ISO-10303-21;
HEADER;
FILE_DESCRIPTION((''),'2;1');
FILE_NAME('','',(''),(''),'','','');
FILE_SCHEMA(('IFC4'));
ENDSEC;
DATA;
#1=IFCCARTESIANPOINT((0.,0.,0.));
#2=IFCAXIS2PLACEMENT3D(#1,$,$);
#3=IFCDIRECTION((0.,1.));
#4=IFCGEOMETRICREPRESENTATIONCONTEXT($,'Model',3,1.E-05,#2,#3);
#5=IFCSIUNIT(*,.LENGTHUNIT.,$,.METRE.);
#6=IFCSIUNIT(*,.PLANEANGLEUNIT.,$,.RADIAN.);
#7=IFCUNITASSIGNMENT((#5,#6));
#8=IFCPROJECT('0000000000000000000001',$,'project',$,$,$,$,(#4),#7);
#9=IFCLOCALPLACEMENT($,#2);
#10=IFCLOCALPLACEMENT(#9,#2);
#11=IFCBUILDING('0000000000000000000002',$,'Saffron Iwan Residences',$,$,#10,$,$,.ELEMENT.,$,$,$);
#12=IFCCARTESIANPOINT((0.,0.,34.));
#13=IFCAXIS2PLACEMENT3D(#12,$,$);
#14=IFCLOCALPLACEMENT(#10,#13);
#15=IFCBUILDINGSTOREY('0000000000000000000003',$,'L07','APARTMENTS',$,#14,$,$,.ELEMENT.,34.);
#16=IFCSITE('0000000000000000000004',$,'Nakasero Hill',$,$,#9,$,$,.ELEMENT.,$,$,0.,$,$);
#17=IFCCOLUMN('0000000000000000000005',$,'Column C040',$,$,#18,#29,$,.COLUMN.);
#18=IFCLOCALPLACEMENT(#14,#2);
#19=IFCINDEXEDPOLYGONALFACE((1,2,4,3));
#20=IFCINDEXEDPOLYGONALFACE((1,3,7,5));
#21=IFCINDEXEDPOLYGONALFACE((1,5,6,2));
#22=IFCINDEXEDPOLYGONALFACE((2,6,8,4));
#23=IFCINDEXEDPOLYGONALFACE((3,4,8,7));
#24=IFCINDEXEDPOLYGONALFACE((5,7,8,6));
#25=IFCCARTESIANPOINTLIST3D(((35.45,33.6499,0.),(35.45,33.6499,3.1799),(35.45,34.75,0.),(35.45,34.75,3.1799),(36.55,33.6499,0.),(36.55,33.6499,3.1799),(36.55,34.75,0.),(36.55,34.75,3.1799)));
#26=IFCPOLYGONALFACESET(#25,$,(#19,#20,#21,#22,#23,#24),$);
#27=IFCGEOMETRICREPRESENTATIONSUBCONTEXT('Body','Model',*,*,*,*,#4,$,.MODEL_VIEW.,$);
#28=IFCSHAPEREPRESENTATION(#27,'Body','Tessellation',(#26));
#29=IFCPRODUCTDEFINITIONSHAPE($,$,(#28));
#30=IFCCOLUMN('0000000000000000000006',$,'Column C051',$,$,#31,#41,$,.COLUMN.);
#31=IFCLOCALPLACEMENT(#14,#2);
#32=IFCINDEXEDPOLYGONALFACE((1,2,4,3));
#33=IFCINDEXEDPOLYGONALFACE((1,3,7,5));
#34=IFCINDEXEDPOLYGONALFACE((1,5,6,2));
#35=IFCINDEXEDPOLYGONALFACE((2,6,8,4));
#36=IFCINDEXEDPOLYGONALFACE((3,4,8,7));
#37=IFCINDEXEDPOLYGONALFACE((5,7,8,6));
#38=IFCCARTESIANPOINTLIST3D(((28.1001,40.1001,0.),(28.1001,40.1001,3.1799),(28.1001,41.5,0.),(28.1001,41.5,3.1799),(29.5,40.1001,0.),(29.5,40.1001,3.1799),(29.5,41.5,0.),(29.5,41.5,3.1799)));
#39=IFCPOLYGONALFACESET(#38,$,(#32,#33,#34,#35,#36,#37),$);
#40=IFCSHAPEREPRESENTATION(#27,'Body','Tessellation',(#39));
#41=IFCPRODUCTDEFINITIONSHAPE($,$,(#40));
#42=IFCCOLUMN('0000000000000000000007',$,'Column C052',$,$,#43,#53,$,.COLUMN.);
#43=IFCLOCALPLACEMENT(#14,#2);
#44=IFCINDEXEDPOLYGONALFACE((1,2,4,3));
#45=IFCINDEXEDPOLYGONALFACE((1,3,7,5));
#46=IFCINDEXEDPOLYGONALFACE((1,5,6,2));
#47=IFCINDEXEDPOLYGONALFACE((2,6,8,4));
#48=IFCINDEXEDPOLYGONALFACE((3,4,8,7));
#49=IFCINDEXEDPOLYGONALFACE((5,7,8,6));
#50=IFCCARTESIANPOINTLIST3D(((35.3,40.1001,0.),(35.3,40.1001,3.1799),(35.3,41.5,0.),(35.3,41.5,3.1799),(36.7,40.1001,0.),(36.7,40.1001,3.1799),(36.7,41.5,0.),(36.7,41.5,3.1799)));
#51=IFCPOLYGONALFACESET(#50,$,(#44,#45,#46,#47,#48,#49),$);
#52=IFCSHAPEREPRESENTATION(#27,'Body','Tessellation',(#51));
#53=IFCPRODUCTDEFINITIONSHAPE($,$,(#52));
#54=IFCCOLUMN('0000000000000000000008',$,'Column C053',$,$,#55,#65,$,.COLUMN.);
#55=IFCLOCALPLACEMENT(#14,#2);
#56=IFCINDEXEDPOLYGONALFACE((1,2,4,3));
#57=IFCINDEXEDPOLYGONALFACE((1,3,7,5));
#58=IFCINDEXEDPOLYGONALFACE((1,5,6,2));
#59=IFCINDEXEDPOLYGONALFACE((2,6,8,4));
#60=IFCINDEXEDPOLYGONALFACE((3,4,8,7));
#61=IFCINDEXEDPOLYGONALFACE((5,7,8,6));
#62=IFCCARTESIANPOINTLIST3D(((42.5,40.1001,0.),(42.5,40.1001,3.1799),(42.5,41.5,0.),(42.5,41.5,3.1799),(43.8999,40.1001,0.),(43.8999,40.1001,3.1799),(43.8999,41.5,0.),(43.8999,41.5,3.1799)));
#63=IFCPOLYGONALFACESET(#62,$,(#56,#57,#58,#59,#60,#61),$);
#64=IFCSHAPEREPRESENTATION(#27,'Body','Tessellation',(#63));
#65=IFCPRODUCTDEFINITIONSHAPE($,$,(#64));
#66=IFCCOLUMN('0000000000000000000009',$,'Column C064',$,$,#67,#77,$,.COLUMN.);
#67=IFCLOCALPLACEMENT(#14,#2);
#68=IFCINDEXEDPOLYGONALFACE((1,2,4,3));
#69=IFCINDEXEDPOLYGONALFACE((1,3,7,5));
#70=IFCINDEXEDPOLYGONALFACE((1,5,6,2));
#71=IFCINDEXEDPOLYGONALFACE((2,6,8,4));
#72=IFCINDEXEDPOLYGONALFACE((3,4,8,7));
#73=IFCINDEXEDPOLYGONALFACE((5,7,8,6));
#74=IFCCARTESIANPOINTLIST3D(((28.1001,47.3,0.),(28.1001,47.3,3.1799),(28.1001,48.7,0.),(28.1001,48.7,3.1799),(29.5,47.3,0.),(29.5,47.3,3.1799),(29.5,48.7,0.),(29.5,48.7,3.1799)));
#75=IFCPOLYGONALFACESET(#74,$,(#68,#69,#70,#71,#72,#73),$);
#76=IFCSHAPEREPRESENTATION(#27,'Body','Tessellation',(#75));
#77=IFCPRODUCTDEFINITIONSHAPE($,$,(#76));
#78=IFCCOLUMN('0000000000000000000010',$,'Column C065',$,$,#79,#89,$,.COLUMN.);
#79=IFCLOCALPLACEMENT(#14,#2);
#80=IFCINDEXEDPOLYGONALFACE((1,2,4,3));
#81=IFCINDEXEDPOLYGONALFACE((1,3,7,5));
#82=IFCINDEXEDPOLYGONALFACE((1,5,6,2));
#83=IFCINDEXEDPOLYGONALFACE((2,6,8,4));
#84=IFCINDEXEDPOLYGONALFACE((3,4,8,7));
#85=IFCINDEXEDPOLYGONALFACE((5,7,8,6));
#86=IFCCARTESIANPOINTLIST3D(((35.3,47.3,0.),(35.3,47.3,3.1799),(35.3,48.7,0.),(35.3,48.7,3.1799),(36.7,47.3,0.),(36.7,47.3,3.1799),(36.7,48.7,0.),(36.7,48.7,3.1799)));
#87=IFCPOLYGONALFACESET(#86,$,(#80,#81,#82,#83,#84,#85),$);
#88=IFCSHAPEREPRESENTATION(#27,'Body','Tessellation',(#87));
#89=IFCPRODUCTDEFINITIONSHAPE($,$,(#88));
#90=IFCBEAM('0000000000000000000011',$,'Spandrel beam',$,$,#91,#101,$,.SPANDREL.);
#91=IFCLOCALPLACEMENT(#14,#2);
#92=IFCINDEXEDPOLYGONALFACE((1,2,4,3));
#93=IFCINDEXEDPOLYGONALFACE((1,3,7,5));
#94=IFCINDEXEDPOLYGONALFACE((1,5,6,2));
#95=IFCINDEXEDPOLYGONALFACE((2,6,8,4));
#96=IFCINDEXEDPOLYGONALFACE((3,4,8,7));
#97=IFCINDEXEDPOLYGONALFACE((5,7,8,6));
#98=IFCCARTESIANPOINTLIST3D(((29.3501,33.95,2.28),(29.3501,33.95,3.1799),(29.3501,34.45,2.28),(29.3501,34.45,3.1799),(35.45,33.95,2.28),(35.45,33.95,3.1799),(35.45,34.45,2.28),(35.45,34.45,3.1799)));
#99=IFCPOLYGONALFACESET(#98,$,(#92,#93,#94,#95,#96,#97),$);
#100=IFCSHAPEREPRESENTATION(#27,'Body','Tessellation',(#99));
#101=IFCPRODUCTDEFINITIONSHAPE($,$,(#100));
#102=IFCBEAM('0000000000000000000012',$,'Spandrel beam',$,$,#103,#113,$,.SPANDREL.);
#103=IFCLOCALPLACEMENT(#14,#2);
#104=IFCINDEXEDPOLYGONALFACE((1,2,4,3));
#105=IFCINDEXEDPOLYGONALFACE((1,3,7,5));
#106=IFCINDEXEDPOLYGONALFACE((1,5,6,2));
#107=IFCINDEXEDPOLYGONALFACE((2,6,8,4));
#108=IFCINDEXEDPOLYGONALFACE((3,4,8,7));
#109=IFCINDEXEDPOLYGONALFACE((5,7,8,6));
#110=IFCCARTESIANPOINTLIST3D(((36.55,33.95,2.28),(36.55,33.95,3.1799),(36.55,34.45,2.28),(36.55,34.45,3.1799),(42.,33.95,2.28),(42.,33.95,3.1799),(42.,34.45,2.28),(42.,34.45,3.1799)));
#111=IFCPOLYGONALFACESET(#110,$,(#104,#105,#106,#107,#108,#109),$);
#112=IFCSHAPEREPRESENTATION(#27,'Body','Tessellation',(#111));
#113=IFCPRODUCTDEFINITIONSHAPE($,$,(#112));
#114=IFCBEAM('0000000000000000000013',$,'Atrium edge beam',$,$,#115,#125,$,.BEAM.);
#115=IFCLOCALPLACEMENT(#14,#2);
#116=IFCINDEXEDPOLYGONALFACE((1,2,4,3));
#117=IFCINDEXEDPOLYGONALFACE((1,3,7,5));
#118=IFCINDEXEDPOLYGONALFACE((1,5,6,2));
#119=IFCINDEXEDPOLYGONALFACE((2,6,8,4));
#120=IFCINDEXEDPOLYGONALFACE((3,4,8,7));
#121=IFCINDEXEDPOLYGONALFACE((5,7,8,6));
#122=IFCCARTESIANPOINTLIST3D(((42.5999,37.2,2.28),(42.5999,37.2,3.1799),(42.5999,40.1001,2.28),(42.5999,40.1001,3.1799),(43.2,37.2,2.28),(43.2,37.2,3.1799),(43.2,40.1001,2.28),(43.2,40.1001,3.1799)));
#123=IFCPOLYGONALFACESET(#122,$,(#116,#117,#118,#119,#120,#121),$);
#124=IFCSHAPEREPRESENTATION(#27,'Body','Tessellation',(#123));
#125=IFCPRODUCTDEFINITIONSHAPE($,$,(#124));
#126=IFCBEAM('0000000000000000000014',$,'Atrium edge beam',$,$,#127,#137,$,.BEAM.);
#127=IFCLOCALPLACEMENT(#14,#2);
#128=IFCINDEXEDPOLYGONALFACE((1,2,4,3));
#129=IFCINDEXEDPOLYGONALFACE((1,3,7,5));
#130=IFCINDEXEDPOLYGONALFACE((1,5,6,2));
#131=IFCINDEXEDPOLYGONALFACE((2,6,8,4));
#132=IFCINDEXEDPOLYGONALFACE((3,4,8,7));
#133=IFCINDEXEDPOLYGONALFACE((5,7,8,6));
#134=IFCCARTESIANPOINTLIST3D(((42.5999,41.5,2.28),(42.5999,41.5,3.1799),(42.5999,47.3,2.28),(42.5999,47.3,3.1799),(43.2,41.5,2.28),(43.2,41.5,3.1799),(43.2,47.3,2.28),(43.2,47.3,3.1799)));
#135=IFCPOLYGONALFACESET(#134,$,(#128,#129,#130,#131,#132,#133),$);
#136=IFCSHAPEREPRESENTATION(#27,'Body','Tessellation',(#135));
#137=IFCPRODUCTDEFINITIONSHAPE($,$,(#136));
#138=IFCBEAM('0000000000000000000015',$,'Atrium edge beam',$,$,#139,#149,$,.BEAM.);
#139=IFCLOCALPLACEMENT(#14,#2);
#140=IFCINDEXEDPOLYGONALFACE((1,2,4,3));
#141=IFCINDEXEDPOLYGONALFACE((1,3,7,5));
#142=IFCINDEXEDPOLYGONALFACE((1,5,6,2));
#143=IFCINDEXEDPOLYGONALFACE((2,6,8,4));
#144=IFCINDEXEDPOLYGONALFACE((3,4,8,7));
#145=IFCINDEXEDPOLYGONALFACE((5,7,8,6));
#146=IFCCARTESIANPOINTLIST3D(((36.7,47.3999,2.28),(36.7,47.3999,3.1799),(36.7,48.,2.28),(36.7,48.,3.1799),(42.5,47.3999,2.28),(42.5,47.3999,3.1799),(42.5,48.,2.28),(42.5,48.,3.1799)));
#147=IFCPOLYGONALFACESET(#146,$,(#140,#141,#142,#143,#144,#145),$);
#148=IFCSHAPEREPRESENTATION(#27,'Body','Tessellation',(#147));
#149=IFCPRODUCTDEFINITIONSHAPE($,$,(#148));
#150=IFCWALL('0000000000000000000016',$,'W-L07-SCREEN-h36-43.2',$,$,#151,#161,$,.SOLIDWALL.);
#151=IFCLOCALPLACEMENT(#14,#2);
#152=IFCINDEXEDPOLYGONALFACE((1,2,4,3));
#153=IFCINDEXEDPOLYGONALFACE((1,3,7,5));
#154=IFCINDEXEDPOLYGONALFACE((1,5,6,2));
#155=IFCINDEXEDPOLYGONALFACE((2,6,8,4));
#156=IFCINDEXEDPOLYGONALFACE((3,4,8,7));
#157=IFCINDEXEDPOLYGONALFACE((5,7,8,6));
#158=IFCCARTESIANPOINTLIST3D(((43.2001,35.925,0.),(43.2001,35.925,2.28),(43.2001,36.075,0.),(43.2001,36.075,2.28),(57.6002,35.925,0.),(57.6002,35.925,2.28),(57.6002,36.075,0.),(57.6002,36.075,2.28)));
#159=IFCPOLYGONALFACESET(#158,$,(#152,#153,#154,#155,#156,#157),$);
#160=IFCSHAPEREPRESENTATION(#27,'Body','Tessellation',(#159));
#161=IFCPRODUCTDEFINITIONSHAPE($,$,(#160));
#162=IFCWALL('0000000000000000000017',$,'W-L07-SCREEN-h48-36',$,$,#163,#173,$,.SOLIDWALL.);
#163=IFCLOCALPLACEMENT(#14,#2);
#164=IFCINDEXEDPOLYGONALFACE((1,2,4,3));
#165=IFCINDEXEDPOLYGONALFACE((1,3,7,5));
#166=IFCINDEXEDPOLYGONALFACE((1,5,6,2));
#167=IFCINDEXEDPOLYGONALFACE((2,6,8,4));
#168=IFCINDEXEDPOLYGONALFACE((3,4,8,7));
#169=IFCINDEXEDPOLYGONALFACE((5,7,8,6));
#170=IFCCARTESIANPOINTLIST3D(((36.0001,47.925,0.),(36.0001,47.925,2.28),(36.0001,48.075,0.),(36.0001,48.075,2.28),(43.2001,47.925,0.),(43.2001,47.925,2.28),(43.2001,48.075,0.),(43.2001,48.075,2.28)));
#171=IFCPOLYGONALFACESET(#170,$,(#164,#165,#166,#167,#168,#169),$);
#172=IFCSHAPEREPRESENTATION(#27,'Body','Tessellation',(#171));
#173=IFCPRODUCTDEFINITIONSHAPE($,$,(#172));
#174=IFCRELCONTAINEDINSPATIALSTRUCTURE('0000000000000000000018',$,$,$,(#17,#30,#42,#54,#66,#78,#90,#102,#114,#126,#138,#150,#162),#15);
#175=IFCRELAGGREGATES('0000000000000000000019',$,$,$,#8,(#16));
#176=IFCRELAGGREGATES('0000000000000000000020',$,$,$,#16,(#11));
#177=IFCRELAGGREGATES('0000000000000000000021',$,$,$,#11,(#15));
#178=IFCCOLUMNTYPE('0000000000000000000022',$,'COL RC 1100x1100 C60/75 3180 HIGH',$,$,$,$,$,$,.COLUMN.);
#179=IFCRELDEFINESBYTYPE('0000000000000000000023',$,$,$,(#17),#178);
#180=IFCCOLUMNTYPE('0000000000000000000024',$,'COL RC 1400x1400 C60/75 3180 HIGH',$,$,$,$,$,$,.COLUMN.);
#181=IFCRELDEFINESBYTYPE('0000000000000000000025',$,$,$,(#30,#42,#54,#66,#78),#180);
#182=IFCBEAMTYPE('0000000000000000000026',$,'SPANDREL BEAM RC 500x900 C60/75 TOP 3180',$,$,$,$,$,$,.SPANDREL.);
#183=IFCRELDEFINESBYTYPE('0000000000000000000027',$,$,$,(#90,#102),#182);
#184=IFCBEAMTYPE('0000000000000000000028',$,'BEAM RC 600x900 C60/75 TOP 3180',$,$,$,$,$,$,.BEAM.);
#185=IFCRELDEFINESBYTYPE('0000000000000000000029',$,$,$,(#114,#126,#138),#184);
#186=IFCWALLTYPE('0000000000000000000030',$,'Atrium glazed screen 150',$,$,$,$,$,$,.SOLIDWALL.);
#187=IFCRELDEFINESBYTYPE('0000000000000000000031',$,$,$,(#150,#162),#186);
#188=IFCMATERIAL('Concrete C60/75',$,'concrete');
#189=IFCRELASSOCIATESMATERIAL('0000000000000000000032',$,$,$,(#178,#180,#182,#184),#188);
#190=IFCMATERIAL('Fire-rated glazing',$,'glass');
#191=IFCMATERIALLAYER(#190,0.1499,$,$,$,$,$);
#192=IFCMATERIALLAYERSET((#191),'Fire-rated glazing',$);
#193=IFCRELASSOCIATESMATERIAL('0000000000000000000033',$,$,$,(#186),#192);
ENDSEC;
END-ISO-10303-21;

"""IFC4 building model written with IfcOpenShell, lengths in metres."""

from ifc_helpers import new_model, si_unit, direction, frame, frame_2d, origin, origin_2d, place, context, subcontext, project, spatial, rectangle, extrude, source, transform, mapped, material, layer, layer_set, material_profile, profile_set, type_object, element, save


model = new_model("IFC4")

# Units and contexts
model_context = context("Model", 3, precision=1e-05, world=origin(), true_north=direction((0.0, 1.0)))
body_context = subcontext(model_context, "Body", "Model", "MODEL_VIEW")
ifc_project = project(units=[si_unit("LENGTHUNIT", "METRE"), si_unit("PLANEANGLEUNIT", "RADIAN")], contexts=[model_context])

# Site, building, storey
site_placement = place(None, origin())
site = spatial("IfcSite", under=ifc_project, at=site_placement, Name="Nakasero Hill", CompositionType="ELEMENT", RefElevation=0.0)
building_placement = place(site_placement, origin())
building = spatial("IfcBuilding", under=site, at=building_placement, Name="Saffron Iwan Residences", CompositionType="ELEMENT")
storey_placement = place(building_placement, frame((0.0, 0.0, 34.0)))
storey = spatial("IfcBuildingStorey", under=building, at=storey_placement, Name="L07", Description="APARTMENTS", CompositionType="ELEMENT", Elevation=34.0)

# Columns
ifc_material_1 = material(Name="Concrete C60/75", Category="concrete")
ifc_material_profile_1 = material_profile(ifc_material_1, rectangle(XDim=1.1001, YDim=1.1001, at=origin_2d()), Name="RC 1100x1100")
ifc_profile_set_1 = profile_set([ifc_material_profile_1], Name="Concrete C60/75")
column_type_1 = type_object("IfcColumnType", Name="COL RC 1100x1100 C60/75 3180 HIGH", PredefinedType="COLUMN", material=ifc_profile_set_1)
shared_shape_1 = source(origin(), body_context, "Body", "SweptSolid", [
    extrude(rectangle(XDim=1.1001, YDim=1.1001, at=origin_2d()), origin(), (0.0, 0.0, 1.0), 3.1799),
])
column_placement = place(storey_placement, frame((36.0, 34.2, 0.0), z_axis=(0.0, 0.0, 1.0), x_axis=(1.0, 0.0, 0.0)))
element("IfcColumn", 1, at=column_placement, inside=storey, type_object=column_type_1, Name="Column C040", PredefinedType="COLUMN", context=body_context, shape_type="MappedRepresentation", body=[
    mapped(shared_shape_1, transform((0.0, 0.0, 0.0))),
])
ifc_material_profile_2 = material_profile(ifc_material_1, rectangle(XDim=1.3999, YDim=1.3999, at=origin_2d()), Name="RC 1400x1400")
ifc_profile_set_2 = profile_set([ifc_material_profile_2], Name="Concrete C60/75")
column_type_2 = type_object("IfcColumnType", Name="COL RC 1400x1400 C60/75 3180 HIGH", PredefinedType="COLUMN", material=ifc_profile_set_2)
shared_shape_2 = source(origin(), body_context, "Body", "SweptSolid", [
    extrude(rectangle(XDim=1.3999, YDim=1.3999, at=origin_2d()), origin(), (0.0, 0.0, 1.0), 3.1799),
])
for number, where, z_axis, x_axis, name in (
    (2, (28.8, 40.8, 0.0), (0.0, 0.0, 1.0), (1.0, 0.0, 0.0), "Column C051"),
    (3, (36.0, 40.8, 0.0), (0.0, 0.0, 1.0), (1.0, 0.0, 0.0), "Column C052"),
    (4, (43.2, 40.8, 0.0), (0.0, 0.0, 1.0), (1.0, 0.0, 0.0), "Column C053"),
    (5, (28.8, 48.0, 0.0), (0.0, 0.0, 1.0), (1.0, 0.0, 0.0), "Column C064"),
    (6, (36.0, 48.0, 0.0), (0.0, 0.0, 1.0), (1.0, 0.0, 0.0), "Column C065"),
):
    element("IfcColumn", number, at=place(storey_placement, frame(where, z_axis=z_axis, x_axis=x_axis)), inside=storey, type_object=column_type_2, Name=name, PredefinedType="COLUMN", context=body_context, shape_type="MappedRepresentation", body=[
        mapped(shared_shape_2, transform((0.0, 0.0, 0.0))),
    ])

# Beams
ifc_material_profile_3 = material_profile(ifc_material_1, rectangle(XDim=0.5, YDim=0.8999, at=origin_2d()), Name="RC 500x900")
ifc_profile_set_3 = profile_set([ifc_material_profile_3], Name="Concrete C60/75")
beam_type_1 = type_object("IfcBeamType", Name="SPANDREL BEAM RC 500x900 C60/75 TOP 3180", PredefinedType="SPANDREL", material=ifc_profile_set_3)
shared_shape_3 = source(origin(), body_context, "Body", "SweptSolid", [
    extrude(rectangle(XDim=0.5, YDim=0.8999, at=origin_2d()), origin(), (0.0, 0.0, 1.0), 6.0999),
])
beam_1_placement = place(storey_placement, frame((35.45, 34.2, 2.73), z_axis=(-1.0, 0.0, 0.0), x_axis=(0.0, -1.0, 0.0)))
element("IfcBeam", 7, at=beam_1_placement, inside=storey, type_object=beam_type_1, Name="Spandrel beam", PredefinedType="SPANDREL", context=body_context, shape_type="MappedRepresentation", body=[
    mapped(shared_shape_3, transform((0.0, 0.0, 0.0))),
])
shared_shape_4 = source(origin(), body_context, "Body", "SweptSolid", [
    extrude(rectangle(XDim=0.5, YDim=0.8999, at=origin_2d()), origin(), (0.0, 0.0, 1.0), 5.45),
])
beam_2_placement = place(storey_placement, frame((42.0, 34.2, 2.73), z_axis=(-1.0, 0.0, 0.0), x_axis=(0.0, -1.0, 0.0)))
element("IfcBeam", 8, at=beam_2_placement, inside=storey, type_object=beam_type_1, Name="Spandrel beam", PredefinedType="SPANDREL", context=body_context, shape_type="MappedRepresentation", body=[
    mapped(shared_shape_4, transform((0.0, 0.0, 0.0))),
])
ifc_material_profile_4 = material_profile(ifc_material_1, rectangle(XDim=0.6001, YDim=0.8999, at=origin_2d()), Name="RC 600x900")
ifc_profile_set_4 = profile_set([ifc_material_profile_4], Name="Concrete C60/75")
beam_type_2 = type_object("IfcBeamType", Name="BEAM RC 600x900 C60/75 TOP 3180", PredefinedType="BEAM", material=ifc_profile_set_4)
shared_shape_5 = source(origin(), body_context, "Body", "SweptSolid", [
    extrude(rectangle(XDim=0.6001, YDim=0.8999, at=origin_2d()), origin(), (0.0, 0.0, 1.0), 2.9001),
])
beam_3_placement = place(storey_placement, frame((42.8999, 37.2, 2.73), z_axis=(0.0, 1.0, 0.0), x_axis=(-1.0, 0.0, 0.0)))
element("IfcBeam", 9, at=beam_3_placement, inside=storey, type_object=beam_type_2, Name="Atrium edge beam", PredefinedType="BEAM", context=body_context, shape_type="MappedRepresentation", body=[
    mapped(shared_shape_5, transform((0.0, 0.0, 0.0))),
])
shared_shape_6 = source(origin(), body_context, "Body", "SweptSolid", [
    extrude(rectangle(XDim=0.6001, YDim=0.8999, at=origin_2d()), origin(), (0.0, 0.0, 1.0), 5.8),
])
for number, where, z_axis, x_axis, name in (
    (10, (42.8999, 41.5, 2.73), (0.0, 1.0, 0.0), (-1.0, 0.0, 0.0), "Atrium edge beam"),
    (11, (42.5, 47.7, 2.73), (-1.0, 0.0, 0.0), (0.0, -1.0, 0.0), "Atrium edge beam"),
):
    element("IfcBeam", number, at=place(storey_placement, frame(where, z_axis=z_axis, x_axis=x_axis)), inside=storey, type_object=beam_type_2, Name=name, PredefinedType="BEAM", context=body_context, shape_type="MappedRepresentation", body=[
        mapped(shared_shape_6, transform((0.0, 0.0, 0.0))),
    ])

# Walls
ifc_material_2 = material(Name="Fire-rated glazing", Category="glass")
ifc_layer_1 = layer(ifc_material_2, 0.1499)
ifc_layer_set_1 = layer_set([ifc_layer_1], Name="Fire-rated glazing")
wall_type_1 = type_object("IfcWallType", Name="Atrium glazed screen 150", PredefinedType="SOLIDWALL", material=ifc_layer_set_1)
wall_1_placement = place(storey_placement, frame((43.2, 36.0, 0.0), z_axis=(0.0, 0.0, 1.0), x_axis=(1.0, 0.0, 0.0)))
element("IfcWall", 12, at=wall_1_placement, inside=storey, type_object=wall_type_1, Name="W-L07-SCREEN-h36-43.2", PredefinedType="SOLIDWALL", context=body_context, shape_type="SweptSolid", body=[
    extrude(rectangle(XDim=14.4001, YDim=0.1499, at=frame_2d((7.2002, 0.0))), origin(), (0.0, 0.0, 1.0), 2.28),
])
wall_2_placement = place(storey_placement, frame((36.0, 48.0, 0.0), z_axis=(0.0, 0.0, 1.0), x_axis=(1.0, 0.0, 0.0)))
element("IfcWall", 13, at=wall_2_placement, inside=storey, type_object=wall_type_1, Name="W-L07-SCREEN-h48-36", PredefinedType="SOLIDWALL", context=body_context, shape_type="SweptSolid", body=[
    extrude(rectangle(XDim=7.2, YDim=0.1499, at=frame_2d((3.6001, 0.0))), origin(), (0.0, 0.0, 1.0), 2.28),
])

save(model, "model.ifc")
